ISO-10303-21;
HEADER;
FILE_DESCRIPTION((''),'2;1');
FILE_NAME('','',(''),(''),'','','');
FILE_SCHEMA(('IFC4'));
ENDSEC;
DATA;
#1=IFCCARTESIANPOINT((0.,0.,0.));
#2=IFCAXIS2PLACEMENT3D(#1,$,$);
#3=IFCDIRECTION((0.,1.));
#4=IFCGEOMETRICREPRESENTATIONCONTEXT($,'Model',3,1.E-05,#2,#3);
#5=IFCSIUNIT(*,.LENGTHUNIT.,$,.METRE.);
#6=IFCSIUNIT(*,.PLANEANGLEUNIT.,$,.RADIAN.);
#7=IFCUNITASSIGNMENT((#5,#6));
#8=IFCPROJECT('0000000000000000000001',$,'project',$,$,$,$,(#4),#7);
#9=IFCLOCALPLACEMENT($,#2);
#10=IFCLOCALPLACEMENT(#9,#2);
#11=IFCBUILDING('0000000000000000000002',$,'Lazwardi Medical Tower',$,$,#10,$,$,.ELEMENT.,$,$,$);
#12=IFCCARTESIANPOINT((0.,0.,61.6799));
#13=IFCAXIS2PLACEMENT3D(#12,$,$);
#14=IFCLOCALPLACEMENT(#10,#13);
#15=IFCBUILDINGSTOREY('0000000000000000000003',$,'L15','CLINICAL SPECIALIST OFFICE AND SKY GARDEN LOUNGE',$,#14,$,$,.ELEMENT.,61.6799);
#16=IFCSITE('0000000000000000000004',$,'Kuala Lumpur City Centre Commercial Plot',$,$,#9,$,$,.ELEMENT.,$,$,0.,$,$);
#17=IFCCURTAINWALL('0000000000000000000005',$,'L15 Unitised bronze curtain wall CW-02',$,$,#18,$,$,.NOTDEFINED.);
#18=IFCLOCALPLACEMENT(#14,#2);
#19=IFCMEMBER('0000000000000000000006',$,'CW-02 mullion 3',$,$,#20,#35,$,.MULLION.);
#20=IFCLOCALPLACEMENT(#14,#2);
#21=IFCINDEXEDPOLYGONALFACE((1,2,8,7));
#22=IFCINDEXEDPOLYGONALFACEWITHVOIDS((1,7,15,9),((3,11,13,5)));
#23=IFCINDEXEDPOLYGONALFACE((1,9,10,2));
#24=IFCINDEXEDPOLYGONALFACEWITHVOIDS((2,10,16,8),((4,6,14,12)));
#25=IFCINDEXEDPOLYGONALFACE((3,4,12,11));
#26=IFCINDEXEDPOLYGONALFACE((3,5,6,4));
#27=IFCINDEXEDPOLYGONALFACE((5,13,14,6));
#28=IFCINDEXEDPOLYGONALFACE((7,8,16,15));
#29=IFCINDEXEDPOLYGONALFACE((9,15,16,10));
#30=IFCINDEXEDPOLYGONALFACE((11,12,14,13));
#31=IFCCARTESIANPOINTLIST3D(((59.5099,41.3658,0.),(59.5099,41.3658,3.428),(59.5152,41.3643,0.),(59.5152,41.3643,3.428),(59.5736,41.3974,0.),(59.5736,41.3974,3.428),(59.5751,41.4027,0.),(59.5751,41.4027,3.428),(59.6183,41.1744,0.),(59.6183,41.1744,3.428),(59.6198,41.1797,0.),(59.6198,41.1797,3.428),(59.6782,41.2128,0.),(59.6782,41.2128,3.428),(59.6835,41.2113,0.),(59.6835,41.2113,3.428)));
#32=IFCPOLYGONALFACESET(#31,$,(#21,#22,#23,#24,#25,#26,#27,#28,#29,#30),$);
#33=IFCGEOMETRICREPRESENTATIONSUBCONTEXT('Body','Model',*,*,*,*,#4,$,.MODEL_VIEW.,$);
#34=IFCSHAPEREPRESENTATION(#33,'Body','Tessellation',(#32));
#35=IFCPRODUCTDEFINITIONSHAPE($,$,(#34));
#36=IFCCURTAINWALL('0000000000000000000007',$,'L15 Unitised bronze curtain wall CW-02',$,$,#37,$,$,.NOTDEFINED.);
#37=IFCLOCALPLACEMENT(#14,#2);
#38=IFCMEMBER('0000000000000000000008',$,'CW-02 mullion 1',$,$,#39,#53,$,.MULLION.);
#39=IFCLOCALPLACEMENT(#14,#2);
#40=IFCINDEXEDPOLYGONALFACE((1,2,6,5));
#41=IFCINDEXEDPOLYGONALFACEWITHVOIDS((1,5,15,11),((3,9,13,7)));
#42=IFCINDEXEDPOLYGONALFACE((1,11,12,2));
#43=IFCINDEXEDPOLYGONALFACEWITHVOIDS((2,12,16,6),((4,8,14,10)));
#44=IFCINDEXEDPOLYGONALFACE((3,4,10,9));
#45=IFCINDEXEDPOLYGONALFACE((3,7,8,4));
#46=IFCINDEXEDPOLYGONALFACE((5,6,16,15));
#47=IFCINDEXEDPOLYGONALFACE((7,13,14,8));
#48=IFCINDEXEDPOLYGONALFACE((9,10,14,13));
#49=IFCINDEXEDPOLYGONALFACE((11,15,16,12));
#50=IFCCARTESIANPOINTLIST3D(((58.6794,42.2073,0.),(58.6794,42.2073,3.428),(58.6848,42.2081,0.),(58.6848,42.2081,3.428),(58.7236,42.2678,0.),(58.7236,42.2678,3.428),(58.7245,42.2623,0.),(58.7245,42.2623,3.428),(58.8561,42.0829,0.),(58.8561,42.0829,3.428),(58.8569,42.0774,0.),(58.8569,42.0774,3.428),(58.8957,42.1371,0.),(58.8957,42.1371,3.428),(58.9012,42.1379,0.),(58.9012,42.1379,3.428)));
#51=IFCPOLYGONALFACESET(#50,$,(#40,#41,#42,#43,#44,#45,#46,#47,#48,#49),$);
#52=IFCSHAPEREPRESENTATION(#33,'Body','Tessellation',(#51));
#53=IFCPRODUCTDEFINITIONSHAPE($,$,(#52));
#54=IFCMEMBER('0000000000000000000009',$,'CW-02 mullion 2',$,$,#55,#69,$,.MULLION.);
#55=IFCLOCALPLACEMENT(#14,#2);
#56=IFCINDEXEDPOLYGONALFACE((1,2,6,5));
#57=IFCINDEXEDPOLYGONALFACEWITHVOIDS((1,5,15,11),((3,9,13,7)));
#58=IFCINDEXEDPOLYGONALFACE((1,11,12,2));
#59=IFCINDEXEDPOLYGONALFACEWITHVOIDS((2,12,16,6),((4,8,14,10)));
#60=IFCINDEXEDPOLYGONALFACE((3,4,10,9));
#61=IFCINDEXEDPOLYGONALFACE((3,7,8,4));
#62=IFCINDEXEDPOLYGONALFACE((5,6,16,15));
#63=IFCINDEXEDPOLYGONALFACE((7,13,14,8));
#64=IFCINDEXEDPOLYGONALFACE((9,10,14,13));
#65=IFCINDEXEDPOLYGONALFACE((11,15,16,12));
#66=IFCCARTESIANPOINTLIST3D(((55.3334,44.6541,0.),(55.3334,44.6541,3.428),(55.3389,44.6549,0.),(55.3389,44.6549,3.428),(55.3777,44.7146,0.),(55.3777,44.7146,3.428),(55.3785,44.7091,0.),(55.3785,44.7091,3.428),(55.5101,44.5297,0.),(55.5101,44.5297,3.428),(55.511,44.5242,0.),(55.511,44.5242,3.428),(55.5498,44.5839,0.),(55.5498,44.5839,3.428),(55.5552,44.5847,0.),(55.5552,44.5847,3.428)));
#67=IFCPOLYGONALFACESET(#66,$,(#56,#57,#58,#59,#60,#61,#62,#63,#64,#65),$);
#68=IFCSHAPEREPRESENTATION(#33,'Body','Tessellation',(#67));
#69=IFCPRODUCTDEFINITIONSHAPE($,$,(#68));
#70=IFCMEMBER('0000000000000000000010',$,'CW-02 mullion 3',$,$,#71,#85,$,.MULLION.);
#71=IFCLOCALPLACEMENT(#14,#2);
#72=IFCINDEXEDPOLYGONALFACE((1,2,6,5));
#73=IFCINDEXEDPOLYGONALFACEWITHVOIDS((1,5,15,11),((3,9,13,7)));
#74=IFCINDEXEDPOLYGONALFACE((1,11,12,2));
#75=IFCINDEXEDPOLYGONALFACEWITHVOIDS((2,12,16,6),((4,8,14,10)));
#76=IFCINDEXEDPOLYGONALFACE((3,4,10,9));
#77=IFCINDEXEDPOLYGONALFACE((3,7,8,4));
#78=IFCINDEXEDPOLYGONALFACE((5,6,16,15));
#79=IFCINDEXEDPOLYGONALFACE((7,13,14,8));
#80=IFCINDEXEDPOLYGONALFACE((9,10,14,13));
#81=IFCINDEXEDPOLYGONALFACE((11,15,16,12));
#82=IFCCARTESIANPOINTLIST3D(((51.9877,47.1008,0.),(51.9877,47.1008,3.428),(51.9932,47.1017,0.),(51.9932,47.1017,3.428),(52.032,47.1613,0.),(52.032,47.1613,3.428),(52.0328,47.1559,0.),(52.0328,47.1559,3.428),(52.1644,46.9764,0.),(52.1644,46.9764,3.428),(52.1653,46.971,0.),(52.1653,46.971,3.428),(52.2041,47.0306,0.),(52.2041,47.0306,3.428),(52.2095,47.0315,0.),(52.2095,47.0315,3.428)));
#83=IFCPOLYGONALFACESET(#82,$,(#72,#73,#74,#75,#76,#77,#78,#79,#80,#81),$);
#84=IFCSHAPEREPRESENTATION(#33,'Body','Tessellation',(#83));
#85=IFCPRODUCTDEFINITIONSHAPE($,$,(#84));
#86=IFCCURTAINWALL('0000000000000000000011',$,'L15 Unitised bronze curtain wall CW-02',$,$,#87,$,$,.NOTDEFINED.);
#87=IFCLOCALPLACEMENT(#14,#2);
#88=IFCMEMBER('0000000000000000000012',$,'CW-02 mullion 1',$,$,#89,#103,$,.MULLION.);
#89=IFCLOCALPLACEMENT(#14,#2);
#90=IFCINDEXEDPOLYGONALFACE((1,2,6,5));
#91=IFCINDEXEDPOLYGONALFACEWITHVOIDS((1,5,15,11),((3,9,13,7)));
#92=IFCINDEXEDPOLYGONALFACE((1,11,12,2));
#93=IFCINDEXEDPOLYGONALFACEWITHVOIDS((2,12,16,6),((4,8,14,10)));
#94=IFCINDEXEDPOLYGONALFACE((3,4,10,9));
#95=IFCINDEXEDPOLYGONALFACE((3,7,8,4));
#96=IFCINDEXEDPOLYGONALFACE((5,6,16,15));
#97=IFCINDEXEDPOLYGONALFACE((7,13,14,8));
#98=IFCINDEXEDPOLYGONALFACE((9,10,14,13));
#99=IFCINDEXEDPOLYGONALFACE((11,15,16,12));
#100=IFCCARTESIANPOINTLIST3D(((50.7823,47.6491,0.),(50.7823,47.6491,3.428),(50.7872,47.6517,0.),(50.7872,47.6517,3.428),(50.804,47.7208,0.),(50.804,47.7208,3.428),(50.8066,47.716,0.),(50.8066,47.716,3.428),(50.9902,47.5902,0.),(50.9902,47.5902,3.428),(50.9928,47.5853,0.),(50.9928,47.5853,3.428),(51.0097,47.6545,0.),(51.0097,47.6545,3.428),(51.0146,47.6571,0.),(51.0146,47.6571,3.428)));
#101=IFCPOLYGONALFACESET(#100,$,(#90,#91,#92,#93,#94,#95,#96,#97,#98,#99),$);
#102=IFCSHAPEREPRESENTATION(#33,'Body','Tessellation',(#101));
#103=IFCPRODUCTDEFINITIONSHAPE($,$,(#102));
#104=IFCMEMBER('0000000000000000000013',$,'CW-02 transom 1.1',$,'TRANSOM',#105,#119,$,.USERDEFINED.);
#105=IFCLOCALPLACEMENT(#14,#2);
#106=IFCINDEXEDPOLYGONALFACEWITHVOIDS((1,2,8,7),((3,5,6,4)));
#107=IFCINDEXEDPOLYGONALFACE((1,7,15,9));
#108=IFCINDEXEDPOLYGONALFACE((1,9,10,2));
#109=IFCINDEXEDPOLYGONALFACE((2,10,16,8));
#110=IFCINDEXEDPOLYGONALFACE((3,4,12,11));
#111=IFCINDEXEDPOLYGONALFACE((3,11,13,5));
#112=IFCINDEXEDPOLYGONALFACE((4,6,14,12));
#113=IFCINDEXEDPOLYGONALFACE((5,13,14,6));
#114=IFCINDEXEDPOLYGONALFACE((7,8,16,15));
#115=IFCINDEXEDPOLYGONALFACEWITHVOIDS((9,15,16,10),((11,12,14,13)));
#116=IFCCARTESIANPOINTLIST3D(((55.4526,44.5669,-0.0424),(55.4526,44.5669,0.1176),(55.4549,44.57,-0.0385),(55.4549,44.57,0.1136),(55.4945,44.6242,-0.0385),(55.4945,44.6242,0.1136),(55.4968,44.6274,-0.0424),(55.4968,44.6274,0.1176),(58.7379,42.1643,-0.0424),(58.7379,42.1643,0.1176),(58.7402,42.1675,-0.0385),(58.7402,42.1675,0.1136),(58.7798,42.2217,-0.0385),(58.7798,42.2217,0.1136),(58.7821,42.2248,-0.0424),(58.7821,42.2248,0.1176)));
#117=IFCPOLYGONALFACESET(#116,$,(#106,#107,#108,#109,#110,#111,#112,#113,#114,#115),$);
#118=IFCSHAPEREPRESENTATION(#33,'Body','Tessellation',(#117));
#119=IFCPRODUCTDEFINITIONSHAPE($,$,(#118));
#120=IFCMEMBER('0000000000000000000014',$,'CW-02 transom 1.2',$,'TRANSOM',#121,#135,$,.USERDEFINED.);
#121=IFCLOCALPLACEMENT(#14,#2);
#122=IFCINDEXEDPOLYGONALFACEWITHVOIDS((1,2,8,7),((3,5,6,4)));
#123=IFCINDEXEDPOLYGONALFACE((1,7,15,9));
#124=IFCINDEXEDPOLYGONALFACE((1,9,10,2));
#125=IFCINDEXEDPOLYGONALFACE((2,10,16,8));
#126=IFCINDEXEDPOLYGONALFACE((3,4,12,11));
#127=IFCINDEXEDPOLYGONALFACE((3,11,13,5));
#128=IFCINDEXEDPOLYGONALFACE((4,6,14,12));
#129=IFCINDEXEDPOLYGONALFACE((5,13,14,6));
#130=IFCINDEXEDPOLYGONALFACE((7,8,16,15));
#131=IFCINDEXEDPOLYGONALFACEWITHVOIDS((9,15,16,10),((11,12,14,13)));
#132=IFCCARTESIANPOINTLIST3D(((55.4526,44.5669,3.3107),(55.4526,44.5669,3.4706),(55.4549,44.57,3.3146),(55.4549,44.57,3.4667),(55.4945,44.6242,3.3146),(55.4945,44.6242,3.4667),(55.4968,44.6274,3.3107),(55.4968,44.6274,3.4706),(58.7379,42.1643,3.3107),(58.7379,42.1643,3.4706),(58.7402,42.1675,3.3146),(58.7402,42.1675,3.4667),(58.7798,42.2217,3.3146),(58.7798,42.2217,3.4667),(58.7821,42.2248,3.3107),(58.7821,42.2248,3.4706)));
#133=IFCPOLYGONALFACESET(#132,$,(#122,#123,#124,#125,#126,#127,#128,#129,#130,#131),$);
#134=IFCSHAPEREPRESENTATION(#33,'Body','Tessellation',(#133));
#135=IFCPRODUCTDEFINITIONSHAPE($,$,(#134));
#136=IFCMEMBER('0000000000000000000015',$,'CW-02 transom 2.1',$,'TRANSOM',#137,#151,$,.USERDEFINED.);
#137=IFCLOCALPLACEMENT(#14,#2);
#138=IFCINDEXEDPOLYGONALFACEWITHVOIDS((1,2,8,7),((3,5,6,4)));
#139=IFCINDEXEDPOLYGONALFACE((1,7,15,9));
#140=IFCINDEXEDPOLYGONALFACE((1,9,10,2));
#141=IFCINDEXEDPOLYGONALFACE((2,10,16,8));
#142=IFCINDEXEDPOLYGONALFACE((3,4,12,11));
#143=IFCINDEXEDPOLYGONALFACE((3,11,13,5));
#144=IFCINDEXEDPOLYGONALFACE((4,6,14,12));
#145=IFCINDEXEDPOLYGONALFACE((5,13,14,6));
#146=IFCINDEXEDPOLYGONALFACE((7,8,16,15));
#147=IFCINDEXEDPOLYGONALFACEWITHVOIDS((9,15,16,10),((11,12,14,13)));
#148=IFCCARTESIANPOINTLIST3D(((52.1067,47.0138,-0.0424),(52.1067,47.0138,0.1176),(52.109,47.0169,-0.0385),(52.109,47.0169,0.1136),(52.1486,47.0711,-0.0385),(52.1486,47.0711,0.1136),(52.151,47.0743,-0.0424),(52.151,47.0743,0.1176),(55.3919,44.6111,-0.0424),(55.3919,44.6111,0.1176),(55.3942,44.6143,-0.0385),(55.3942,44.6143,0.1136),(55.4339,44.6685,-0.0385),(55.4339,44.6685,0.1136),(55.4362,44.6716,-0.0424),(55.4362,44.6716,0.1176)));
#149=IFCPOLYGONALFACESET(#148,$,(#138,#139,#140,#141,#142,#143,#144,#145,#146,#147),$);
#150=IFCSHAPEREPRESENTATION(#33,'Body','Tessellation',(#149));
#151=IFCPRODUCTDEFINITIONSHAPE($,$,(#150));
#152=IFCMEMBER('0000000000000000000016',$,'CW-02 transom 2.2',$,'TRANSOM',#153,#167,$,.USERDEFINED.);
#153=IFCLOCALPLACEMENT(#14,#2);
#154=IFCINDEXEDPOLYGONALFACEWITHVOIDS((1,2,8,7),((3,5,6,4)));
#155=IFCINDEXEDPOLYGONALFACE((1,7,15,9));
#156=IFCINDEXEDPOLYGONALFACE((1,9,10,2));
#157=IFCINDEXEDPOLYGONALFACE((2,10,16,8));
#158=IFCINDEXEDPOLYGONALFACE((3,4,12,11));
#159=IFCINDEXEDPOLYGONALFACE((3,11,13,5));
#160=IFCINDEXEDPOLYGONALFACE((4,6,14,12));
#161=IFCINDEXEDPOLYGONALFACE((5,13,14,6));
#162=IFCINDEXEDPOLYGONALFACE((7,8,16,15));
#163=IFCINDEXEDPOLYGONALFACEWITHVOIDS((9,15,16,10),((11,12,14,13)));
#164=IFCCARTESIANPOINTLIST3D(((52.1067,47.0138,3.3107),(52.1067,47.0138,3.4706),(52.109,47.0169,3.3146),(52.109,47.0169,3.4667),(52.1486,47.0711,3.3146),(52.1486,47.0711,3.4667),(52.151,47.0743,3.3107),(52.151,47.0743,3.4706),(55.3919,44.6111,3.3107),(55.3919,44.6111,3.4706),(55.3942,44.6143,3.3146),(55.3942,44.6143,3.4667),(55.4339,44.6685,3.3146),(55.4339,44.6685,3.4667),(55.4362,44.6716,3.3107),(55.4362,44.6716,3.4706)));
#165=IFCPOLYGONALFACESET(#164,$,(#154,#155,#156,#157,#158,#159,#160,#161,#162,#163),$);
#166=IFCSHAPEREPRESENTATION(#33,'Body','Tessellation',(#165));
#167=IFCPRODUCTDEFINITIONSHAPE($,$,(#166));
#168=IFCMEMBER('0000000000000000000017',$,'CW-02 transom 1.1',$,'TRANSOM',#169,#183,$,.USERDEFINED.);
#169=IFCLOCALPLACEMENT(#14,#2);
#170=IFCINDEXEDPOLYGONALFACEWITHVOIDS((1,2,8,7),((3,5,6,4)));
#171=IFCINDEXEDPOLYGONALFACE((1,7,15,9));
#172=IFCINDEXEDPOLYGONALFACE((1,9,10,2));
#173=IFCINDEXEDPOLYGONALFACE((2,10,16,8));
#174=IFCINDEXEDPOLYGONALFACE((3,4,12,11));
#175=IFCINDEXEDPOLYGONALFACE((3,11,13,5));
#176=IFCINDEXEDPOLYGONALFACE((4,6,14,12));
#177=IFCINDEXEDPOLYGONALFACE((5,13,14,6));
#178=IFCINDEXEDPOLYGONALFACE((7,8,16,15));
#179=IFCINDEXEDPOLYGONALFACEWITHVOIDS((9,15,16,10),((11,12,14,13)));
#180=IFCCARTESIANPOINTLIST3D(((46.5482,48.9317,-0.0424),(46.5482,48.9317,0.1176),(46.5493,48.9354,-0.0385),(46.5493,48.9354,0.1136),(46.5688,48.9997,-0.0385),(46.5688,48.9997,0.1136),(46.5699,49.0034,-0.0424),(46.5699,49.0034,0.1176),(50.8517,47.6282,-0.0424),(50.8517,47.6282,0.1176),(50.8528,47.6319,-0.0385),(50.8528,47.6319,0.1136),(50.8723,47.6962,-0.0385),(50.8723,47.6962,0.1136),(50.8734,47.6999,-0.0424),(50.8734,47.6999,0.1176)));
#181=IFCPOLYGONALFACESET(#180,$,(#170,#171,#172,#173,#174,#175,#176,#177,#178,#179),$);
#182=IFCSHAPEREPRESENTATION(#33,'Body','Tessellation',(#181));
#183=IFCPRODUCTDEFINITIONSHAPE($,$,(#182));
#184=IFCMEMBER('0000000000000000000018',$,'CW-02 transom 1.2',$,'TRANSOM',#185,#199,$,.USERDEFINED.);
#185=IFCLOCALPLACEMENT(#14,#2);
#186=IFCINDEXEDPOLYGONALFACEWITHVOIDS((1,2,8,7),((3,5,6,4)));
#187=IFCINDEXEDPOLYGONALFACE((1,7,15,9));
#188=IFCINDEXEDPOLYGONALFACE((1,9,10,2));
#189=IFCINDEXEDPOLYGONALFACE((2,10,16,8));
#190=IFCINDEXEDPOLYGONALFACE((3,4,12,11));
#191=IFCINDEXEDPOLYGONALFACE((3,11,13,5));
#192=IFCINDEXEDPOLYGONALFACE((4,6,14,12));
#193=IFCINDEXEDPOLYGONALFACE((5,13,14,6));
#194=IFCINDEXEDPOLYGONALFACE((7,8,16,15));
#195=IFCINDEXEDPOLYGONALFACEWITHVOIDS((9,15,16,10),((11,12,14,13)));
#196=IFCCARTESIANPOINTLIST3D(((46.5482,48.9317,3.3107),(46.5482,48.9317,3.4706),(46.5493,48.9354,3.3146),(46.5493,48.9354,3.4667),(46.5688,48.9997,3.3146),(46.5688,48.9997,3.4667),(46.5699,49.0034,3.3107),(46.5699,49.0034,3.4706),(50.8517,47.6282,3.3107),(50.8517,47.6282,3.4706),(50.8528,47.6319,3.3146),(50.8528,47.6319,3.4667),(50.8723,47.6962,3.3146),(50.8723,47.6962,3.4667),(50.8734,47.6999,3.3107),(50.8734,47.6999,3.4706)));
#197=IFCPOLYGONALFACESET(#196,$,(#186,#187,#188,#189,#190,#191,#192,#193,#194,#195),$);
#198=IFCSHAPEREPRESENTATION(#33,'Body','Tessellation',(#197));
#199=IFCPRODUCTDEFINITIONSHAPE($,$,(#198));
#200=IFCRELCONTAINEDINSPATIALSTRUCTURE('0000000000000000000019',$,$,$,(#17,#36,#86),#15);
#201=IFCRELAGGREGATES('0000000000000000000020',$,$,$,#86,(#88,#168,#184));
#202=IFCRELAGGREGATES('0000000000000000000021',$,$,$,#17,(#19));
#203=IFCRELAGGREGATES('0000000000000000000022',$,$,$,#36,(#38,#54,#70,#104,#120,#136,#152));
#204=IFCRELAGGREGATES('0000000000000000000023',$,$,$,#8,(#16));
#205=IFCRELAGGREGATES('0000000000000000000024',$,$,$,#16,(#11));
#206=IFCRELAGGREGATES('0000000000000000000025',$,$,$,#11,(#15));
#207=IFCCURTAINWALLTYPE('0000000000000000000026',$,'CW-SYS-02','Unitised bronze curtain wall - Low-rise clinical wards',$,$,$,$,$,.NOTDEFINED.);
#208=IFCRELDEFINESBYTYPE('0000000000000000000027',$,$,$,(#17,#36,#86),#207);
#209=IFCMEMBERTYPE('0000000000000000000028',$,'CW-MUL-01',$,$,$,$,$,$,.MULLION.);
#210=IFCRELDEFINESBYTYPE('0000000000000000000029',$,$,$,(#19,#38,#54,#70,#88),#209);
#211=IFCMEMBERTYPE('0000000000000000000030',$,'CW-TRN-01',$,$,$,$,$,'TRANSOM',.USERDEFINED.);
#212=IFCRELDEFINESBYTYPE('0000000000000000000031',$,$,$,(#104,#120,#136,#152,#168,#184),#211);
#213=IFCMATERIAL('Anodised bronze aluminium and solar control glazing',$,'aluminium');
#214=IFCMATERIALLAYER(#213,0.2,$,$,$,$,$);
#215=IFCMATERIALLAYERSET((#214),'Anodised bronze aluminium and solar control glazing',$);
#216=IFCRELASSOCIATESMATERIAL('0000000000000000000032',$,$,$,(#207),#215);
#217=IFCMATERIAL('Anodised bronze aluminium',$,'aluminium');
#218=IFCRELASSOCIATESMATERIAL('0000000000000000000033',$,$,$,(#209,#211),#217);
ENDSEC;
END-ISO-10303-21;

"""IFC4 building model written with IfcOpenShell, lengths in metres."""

from ifc_helpers import new_model, si_unit, direction, frame, origin, origin_2d, place, context, subcontext, project, spatial, hollow_rectangle, extrude, material, layer, layer_set, material_profile, profile_set, type_object, element, aggregate, save


model = new_model("IFC4")

# Units and contexts
model_context = context("Model", 3, precision=1e-05, world=origin(), true_north=direction((0.0, 1.0)))
body_context = subcontext(model_context, "Body", "Model", "MODEL_VIEW")
ifc_project = project(units=[si_unit("LENGTHUNIT", "METRE"), si_unit("PLANEANGLEUNIT", "RADIAN")], contexts=[model_context])

# Site, building, storey
site_placement = place(None, origin())
site = spatial("IfcSite", under=ifc_project, at=site_placement, Name="Kuala Lumpur City Centre Commercial Plot", CompositionType="ELEMENT", RefElevation=0.0)
building_placement = place(site_placement, origin())
building = spatial("IfcBuilding", under=site, at=building_placement, Name="Lazwardi Medical Tower", CompositionType="ELEMENT")
storey_placement = place(building_placement, frame((0.0, 0.0, 61.6799)))
storey = spatial("IfcBuildingStorey", under=building, at=storey_placement, Name="L15", Description="CLINICAL SPECIALIST OFFICE AND SKY GARDEN LOUNGE", CompositionType="ELEMENT", Elevation=61.6799)

# Curtain wall, member
ifc_material_1 = material(Name="Anodised bronze aluminium and solar control glazing", Category="aluminium")
ifc_layer_1 = layer(ifc_material_1, 0.2)
ifc_layer_set_1 = layer_set([ifc_layer_1], Name="Anodised bronze aluminium and solar control glazing")
curtain_wall_type = type_object("IfcCurtainWallType", Name="CW-SYS-02", Description="Unitised bronze curtain wall - Low-rise clinical wards", PredefinedType="NOTDEFINED", material=ifc_layer_set_1)
curtain_wall_1_placement = place(storey_placement, origin())
curtain_wall_1 = element("IfcCurtainWall", 1, at=curtain_wall_1_placement, inside=storey, type_object=curtain_wall_type, Name="L15 Unitised bronze curtain wall CW-02", PredefinedType="NOTDEFINED")
ifc_material_2 = material(Name="Anodised bronze aluminium", Category="aluminium")
ifc_material_profile_1 = material_profile(ifc_material_2, hollow_rectangle(XDim=0.075, YDim=0.22, WallThickness=0.0039, at=origin_2d()), Name="ALU-MULLION 220x75x4")
ifc_profile_set_1 = profile_set([ifc_material_profile_1], Name="Anodised bronze aluminium")
member_type_1 = type_object("IfcMemberType", Name="CW-MUL-01", PredefinedType="MULLION", material=ifc_profile_set_1)
member_1_placement = place(storey_placement, frame((59.5967, 41.2886, 0.0), z_axis=(0.0, 0.0, 1.0), x_axis=(-0.870112, -0.492854, 0.0)))
member_1 = element("IfcMember", 2, at=member_1_placement, type_object=member_type_1, Name="CW-02 mullion 3", PredefinedType="MULLION", context=body_context, shape_type="SweptSolid", body=[
    extrude(hollow_rectangle(XDim=0.075, YDim=0.22, WallThickness=0.0039, at=origin_2d()), origin(), (0.0, 0.0, 1.0), 3.428),
])

# Curtain wall, members
curtain_wall_2_placement = place(storey_placement, origin())
curtain_wall_2 = element("IfcCurtainWall", 3, at=curtain_wall_2_placement, inside=storey, type_object=curtain_wall_type, Name="L15 Unitised bronze curtain wall CW-02", PredefinedType="NOTDEFINED")
member_2_placement = place(storey_placement, frame((58.7903, 42.1726, 0.0), z_axis=(0.0, 0.0, 1.0), x_axis=(-0.590289, -0.807192, 0.0)))
member_2 = element("IfcMember", 4, at=member_2_placement, type_object=member_type_1, Name="CW-02 mullion 1", PredefinedType="MULLION", context=body_context, shape_type="SweptSolid", body=[
    extrude(hollow_rectangle(XDim=0.075, YDim=0.22, WallThickness=0.0039, at=origin_2d()), origin(), (0.0, 0.0, 1.0), 3.428),
])
member_3_placement = place(storey_placement, frame((55.4443, 44.6194, 0.0), z_axis=(0.0, 0.0, 1.0), x_axis=(-0.590289, -0.807192, 0.0)))
member_3 = element("IfcMember", 5, at=member_3_placement, type_object=member_type_1, Name="CW-02 mullion 2", PredefinedType="MULLION", context=body_context, shape_type="SweptSolid", body=[
    extrude(hollow_rectangle(XDim=0.075, YDim=0.22, WallThickness=0.0039, at=origin_2d()), origin(), (0.0, 0.0, 1.0), 3.428),
])
member_4_placement = place(storey_placement, frame((52.0986, 47.0662, 0.0), z_axis=(0.0, 0.0, 1.0), x_axis=(-0.590289, -0.807192, 0.0)))
member_4 = element("IfcMember", 6, at=member_4_placement, type_object=member_type_1, Name="CW-02 mullion 3", PredefinedType="MULLION", context=body_context, shape_type="SweptSolid", body=[
    extrude(hollow_rectangle(XDim=0.075, YDim=0.22, WallThickness=0.0039, at=origin_2d()), origin(), (0.0, 0.0, 1.0), 3.428),
])

# Curtain wall, member
curtain_wall_3_placement = place(storey_placement, origin())
curtain_wall_3 = element("IfcCurtainWall", 7, at=curtain_wall_3_placement, inside=storey, type_object=curtain_wall_type, Name="L15 Unitised bronze curtain wall CW-02", PredefinedType="NOTDEFINED")
member_5_placement = place(storey_placement, frame((50.8984, 47.6531, 0.0), z_axis=(0.0, 0.0, 1.0), x_axis=(-0.289896, -0.957058, 0.0)))
member_5 = element("IfcMember", 8, at=member_5_placement, type_object=member_type_1, Name="CW-02 mullion 1", PredefinedType="MULLION", context=body_context, shape_type="SweptSolid", body=[
    extrude(hollow_rectangle(XDim=0.075, YDim=0.22, WallThickness=0.0039, at=origin_2d()), origin(), (0.0, 0.0, 1.0), 3.428),
])

# Members
ifc_material_profile_2 = material_profile(ifc_material_2, hollow_rectangle(XDim=0.075, YDim=0.1599, WallThickness=0.0039, at=origin_2d()), Name="ALU-TRANSOM 160x75x4")
ifc_profile_set_2 = profile_set([ifc_material_profile_2], Name="Anodised bronze aluminium")
member_type_2 = type_object("IfcMemberType", Name="CW-TRN-01", ElementType="TRANSOM", PredefinedType="USERDEFINED", material=ifc_profile_set_2)
member_6_placement = place(storey_placement, frame((58.76, 42.1946, 0.0376), z_axis=(-0.80719, 0.590292, 0.0), x_axis=(-0.590292, -0.80719, 0.0)))
member_6 = element("IfcMember", 9, at=member_6_placement, type_object=member_type_2, Name="CW-02 transom 1.1", ObjectType="TRANSOM", PredefinedType="USERDEFINED", context=body_context, shape_type="SweptSolid", body=[
    extrude(hollow_rectangle(XDim=0.075, YDim=0.1599, WallThickness=0.0039, at=origin_2d()), origin(), (0.0, 0.0, 1.0), 4.0701),
])
member_7_placement = place(storey_placement, frame((58.76, 42.1946, 3.3906), z_axis=(-0.80719, 0.590292, 0.0), x_axis=(-0.590292, -0.80719, 0.0)))
member_7 = element("IfcMember", 10, at=member_7_placement, type_object=member_type_2, Name="CW-02 transom 1.2", ObjectType="TRANSOM", PredefinedType="USERDEFINED", context=body_context, shape_type="SweptSolid", body=[
    extrude(hollow_rectangle(XDim=0.075, YDim=0.1599, WallThickness=0.0039, at=origin_2d()), origin(), (0.0, 0.0, 1.0), 4.0701),
])
member_8_placement = place(storey_placement, frame((55.4141, 44.6414, 0.0376), z_axis=(-0.807169, 0.59032, 0.0), x_axis=(-0.59032, -0.807169, 0.0)))
member_8 = element("IfcMember", 11, at=member_8_placement, type_object=member_type_2, Name="CW-02 transom 2.1", ObjectType="TRANSOM", PredefinedType="USERDEFINED", context=body_context, shape_type="SweptSolid", body=[
    extrude(hollow_rectangle(XDim=0.075, YDim=0.1599, WallThickness=0.0039, at=origin_2d()), origin(), (0.0, 0.0, 1.0), 4.0701),
])
member_9_placement = place(storey_placement, frame((55.4141, 44.6414, 3.3906), z_axis=(-0.807169, 0.59032, 0.0), x_axis=(-0.59032, -0.807169, 0.0)))
member_9 = element("IfcMember", 12, at=member_9_placement, type_object=member_type_2, Name="CW-02 transom 2.2", ObjectType="TRANSOM", PredefinedType="USERDEFINED", context=body_context, shape_type="SweptSolid", body=[
    extrude(hollow_rectangle(XDim=0.075, YDim=0.1599, WallThickness=0.0039, at=origin_2d()), origin(), (0.0, 0.0, 1.0), 4.0701),
])
member_10_placement = place(storey_placement, frame((50.8625, 47.6641, 0.0376), z_axis=(-0.957062, 0.289882, 0.0), x_axis=(-0.289882, -0.957062, 0.0)))
member_10 = element("IfcMember", 13, at=member_10_placement, type_object=member_type_2, Name="CW-02 transom 1.1", ObjectType="TRANSOM", PredefinedType="USERDEFINED", context=body_context, shape_type="SweptSolid", body=[
    extrude(hollow_rectangle(XDim=0.075, YDim=0.1599, WallThickness=0.0039, at=origin_2d()), origin(), (0.0, 0.0, 1.0), 4.4966),
])
member_11_placement = place(storey_placement, frame((50.8625, 47.6641, 3.3906), z_axis=(-0.957062, 0.289882, 0.0), x_axis=(-0.289882, -0.957062, 0.0)))
member_11 = element("IfcMember", 14, at=member_11_placement, type_object=member_type_2, Name="CW-02 transom 1.2", ObjectType="TRANSOM", PredefinedType="USERDEFINED", context=body_context, shape_type="SweptSolid", body=[
    extrude(hollow_rectangle(XDim=0.075, YDim=0.1599, WallThickness=0.0039, at=origin_2d()), origin(), (0.0, 0.0, 1.0), 4.4966),
])
aggregate(curtain_wall_3, [member_5, member_10, member_11])

aggregate(curtain_wall_1, [member_1])
aggregate(curtain_wall_2, [member_2, member_3, member_4, member_6, member_7, member_8, member_9])

save(model, "model.ifc")
